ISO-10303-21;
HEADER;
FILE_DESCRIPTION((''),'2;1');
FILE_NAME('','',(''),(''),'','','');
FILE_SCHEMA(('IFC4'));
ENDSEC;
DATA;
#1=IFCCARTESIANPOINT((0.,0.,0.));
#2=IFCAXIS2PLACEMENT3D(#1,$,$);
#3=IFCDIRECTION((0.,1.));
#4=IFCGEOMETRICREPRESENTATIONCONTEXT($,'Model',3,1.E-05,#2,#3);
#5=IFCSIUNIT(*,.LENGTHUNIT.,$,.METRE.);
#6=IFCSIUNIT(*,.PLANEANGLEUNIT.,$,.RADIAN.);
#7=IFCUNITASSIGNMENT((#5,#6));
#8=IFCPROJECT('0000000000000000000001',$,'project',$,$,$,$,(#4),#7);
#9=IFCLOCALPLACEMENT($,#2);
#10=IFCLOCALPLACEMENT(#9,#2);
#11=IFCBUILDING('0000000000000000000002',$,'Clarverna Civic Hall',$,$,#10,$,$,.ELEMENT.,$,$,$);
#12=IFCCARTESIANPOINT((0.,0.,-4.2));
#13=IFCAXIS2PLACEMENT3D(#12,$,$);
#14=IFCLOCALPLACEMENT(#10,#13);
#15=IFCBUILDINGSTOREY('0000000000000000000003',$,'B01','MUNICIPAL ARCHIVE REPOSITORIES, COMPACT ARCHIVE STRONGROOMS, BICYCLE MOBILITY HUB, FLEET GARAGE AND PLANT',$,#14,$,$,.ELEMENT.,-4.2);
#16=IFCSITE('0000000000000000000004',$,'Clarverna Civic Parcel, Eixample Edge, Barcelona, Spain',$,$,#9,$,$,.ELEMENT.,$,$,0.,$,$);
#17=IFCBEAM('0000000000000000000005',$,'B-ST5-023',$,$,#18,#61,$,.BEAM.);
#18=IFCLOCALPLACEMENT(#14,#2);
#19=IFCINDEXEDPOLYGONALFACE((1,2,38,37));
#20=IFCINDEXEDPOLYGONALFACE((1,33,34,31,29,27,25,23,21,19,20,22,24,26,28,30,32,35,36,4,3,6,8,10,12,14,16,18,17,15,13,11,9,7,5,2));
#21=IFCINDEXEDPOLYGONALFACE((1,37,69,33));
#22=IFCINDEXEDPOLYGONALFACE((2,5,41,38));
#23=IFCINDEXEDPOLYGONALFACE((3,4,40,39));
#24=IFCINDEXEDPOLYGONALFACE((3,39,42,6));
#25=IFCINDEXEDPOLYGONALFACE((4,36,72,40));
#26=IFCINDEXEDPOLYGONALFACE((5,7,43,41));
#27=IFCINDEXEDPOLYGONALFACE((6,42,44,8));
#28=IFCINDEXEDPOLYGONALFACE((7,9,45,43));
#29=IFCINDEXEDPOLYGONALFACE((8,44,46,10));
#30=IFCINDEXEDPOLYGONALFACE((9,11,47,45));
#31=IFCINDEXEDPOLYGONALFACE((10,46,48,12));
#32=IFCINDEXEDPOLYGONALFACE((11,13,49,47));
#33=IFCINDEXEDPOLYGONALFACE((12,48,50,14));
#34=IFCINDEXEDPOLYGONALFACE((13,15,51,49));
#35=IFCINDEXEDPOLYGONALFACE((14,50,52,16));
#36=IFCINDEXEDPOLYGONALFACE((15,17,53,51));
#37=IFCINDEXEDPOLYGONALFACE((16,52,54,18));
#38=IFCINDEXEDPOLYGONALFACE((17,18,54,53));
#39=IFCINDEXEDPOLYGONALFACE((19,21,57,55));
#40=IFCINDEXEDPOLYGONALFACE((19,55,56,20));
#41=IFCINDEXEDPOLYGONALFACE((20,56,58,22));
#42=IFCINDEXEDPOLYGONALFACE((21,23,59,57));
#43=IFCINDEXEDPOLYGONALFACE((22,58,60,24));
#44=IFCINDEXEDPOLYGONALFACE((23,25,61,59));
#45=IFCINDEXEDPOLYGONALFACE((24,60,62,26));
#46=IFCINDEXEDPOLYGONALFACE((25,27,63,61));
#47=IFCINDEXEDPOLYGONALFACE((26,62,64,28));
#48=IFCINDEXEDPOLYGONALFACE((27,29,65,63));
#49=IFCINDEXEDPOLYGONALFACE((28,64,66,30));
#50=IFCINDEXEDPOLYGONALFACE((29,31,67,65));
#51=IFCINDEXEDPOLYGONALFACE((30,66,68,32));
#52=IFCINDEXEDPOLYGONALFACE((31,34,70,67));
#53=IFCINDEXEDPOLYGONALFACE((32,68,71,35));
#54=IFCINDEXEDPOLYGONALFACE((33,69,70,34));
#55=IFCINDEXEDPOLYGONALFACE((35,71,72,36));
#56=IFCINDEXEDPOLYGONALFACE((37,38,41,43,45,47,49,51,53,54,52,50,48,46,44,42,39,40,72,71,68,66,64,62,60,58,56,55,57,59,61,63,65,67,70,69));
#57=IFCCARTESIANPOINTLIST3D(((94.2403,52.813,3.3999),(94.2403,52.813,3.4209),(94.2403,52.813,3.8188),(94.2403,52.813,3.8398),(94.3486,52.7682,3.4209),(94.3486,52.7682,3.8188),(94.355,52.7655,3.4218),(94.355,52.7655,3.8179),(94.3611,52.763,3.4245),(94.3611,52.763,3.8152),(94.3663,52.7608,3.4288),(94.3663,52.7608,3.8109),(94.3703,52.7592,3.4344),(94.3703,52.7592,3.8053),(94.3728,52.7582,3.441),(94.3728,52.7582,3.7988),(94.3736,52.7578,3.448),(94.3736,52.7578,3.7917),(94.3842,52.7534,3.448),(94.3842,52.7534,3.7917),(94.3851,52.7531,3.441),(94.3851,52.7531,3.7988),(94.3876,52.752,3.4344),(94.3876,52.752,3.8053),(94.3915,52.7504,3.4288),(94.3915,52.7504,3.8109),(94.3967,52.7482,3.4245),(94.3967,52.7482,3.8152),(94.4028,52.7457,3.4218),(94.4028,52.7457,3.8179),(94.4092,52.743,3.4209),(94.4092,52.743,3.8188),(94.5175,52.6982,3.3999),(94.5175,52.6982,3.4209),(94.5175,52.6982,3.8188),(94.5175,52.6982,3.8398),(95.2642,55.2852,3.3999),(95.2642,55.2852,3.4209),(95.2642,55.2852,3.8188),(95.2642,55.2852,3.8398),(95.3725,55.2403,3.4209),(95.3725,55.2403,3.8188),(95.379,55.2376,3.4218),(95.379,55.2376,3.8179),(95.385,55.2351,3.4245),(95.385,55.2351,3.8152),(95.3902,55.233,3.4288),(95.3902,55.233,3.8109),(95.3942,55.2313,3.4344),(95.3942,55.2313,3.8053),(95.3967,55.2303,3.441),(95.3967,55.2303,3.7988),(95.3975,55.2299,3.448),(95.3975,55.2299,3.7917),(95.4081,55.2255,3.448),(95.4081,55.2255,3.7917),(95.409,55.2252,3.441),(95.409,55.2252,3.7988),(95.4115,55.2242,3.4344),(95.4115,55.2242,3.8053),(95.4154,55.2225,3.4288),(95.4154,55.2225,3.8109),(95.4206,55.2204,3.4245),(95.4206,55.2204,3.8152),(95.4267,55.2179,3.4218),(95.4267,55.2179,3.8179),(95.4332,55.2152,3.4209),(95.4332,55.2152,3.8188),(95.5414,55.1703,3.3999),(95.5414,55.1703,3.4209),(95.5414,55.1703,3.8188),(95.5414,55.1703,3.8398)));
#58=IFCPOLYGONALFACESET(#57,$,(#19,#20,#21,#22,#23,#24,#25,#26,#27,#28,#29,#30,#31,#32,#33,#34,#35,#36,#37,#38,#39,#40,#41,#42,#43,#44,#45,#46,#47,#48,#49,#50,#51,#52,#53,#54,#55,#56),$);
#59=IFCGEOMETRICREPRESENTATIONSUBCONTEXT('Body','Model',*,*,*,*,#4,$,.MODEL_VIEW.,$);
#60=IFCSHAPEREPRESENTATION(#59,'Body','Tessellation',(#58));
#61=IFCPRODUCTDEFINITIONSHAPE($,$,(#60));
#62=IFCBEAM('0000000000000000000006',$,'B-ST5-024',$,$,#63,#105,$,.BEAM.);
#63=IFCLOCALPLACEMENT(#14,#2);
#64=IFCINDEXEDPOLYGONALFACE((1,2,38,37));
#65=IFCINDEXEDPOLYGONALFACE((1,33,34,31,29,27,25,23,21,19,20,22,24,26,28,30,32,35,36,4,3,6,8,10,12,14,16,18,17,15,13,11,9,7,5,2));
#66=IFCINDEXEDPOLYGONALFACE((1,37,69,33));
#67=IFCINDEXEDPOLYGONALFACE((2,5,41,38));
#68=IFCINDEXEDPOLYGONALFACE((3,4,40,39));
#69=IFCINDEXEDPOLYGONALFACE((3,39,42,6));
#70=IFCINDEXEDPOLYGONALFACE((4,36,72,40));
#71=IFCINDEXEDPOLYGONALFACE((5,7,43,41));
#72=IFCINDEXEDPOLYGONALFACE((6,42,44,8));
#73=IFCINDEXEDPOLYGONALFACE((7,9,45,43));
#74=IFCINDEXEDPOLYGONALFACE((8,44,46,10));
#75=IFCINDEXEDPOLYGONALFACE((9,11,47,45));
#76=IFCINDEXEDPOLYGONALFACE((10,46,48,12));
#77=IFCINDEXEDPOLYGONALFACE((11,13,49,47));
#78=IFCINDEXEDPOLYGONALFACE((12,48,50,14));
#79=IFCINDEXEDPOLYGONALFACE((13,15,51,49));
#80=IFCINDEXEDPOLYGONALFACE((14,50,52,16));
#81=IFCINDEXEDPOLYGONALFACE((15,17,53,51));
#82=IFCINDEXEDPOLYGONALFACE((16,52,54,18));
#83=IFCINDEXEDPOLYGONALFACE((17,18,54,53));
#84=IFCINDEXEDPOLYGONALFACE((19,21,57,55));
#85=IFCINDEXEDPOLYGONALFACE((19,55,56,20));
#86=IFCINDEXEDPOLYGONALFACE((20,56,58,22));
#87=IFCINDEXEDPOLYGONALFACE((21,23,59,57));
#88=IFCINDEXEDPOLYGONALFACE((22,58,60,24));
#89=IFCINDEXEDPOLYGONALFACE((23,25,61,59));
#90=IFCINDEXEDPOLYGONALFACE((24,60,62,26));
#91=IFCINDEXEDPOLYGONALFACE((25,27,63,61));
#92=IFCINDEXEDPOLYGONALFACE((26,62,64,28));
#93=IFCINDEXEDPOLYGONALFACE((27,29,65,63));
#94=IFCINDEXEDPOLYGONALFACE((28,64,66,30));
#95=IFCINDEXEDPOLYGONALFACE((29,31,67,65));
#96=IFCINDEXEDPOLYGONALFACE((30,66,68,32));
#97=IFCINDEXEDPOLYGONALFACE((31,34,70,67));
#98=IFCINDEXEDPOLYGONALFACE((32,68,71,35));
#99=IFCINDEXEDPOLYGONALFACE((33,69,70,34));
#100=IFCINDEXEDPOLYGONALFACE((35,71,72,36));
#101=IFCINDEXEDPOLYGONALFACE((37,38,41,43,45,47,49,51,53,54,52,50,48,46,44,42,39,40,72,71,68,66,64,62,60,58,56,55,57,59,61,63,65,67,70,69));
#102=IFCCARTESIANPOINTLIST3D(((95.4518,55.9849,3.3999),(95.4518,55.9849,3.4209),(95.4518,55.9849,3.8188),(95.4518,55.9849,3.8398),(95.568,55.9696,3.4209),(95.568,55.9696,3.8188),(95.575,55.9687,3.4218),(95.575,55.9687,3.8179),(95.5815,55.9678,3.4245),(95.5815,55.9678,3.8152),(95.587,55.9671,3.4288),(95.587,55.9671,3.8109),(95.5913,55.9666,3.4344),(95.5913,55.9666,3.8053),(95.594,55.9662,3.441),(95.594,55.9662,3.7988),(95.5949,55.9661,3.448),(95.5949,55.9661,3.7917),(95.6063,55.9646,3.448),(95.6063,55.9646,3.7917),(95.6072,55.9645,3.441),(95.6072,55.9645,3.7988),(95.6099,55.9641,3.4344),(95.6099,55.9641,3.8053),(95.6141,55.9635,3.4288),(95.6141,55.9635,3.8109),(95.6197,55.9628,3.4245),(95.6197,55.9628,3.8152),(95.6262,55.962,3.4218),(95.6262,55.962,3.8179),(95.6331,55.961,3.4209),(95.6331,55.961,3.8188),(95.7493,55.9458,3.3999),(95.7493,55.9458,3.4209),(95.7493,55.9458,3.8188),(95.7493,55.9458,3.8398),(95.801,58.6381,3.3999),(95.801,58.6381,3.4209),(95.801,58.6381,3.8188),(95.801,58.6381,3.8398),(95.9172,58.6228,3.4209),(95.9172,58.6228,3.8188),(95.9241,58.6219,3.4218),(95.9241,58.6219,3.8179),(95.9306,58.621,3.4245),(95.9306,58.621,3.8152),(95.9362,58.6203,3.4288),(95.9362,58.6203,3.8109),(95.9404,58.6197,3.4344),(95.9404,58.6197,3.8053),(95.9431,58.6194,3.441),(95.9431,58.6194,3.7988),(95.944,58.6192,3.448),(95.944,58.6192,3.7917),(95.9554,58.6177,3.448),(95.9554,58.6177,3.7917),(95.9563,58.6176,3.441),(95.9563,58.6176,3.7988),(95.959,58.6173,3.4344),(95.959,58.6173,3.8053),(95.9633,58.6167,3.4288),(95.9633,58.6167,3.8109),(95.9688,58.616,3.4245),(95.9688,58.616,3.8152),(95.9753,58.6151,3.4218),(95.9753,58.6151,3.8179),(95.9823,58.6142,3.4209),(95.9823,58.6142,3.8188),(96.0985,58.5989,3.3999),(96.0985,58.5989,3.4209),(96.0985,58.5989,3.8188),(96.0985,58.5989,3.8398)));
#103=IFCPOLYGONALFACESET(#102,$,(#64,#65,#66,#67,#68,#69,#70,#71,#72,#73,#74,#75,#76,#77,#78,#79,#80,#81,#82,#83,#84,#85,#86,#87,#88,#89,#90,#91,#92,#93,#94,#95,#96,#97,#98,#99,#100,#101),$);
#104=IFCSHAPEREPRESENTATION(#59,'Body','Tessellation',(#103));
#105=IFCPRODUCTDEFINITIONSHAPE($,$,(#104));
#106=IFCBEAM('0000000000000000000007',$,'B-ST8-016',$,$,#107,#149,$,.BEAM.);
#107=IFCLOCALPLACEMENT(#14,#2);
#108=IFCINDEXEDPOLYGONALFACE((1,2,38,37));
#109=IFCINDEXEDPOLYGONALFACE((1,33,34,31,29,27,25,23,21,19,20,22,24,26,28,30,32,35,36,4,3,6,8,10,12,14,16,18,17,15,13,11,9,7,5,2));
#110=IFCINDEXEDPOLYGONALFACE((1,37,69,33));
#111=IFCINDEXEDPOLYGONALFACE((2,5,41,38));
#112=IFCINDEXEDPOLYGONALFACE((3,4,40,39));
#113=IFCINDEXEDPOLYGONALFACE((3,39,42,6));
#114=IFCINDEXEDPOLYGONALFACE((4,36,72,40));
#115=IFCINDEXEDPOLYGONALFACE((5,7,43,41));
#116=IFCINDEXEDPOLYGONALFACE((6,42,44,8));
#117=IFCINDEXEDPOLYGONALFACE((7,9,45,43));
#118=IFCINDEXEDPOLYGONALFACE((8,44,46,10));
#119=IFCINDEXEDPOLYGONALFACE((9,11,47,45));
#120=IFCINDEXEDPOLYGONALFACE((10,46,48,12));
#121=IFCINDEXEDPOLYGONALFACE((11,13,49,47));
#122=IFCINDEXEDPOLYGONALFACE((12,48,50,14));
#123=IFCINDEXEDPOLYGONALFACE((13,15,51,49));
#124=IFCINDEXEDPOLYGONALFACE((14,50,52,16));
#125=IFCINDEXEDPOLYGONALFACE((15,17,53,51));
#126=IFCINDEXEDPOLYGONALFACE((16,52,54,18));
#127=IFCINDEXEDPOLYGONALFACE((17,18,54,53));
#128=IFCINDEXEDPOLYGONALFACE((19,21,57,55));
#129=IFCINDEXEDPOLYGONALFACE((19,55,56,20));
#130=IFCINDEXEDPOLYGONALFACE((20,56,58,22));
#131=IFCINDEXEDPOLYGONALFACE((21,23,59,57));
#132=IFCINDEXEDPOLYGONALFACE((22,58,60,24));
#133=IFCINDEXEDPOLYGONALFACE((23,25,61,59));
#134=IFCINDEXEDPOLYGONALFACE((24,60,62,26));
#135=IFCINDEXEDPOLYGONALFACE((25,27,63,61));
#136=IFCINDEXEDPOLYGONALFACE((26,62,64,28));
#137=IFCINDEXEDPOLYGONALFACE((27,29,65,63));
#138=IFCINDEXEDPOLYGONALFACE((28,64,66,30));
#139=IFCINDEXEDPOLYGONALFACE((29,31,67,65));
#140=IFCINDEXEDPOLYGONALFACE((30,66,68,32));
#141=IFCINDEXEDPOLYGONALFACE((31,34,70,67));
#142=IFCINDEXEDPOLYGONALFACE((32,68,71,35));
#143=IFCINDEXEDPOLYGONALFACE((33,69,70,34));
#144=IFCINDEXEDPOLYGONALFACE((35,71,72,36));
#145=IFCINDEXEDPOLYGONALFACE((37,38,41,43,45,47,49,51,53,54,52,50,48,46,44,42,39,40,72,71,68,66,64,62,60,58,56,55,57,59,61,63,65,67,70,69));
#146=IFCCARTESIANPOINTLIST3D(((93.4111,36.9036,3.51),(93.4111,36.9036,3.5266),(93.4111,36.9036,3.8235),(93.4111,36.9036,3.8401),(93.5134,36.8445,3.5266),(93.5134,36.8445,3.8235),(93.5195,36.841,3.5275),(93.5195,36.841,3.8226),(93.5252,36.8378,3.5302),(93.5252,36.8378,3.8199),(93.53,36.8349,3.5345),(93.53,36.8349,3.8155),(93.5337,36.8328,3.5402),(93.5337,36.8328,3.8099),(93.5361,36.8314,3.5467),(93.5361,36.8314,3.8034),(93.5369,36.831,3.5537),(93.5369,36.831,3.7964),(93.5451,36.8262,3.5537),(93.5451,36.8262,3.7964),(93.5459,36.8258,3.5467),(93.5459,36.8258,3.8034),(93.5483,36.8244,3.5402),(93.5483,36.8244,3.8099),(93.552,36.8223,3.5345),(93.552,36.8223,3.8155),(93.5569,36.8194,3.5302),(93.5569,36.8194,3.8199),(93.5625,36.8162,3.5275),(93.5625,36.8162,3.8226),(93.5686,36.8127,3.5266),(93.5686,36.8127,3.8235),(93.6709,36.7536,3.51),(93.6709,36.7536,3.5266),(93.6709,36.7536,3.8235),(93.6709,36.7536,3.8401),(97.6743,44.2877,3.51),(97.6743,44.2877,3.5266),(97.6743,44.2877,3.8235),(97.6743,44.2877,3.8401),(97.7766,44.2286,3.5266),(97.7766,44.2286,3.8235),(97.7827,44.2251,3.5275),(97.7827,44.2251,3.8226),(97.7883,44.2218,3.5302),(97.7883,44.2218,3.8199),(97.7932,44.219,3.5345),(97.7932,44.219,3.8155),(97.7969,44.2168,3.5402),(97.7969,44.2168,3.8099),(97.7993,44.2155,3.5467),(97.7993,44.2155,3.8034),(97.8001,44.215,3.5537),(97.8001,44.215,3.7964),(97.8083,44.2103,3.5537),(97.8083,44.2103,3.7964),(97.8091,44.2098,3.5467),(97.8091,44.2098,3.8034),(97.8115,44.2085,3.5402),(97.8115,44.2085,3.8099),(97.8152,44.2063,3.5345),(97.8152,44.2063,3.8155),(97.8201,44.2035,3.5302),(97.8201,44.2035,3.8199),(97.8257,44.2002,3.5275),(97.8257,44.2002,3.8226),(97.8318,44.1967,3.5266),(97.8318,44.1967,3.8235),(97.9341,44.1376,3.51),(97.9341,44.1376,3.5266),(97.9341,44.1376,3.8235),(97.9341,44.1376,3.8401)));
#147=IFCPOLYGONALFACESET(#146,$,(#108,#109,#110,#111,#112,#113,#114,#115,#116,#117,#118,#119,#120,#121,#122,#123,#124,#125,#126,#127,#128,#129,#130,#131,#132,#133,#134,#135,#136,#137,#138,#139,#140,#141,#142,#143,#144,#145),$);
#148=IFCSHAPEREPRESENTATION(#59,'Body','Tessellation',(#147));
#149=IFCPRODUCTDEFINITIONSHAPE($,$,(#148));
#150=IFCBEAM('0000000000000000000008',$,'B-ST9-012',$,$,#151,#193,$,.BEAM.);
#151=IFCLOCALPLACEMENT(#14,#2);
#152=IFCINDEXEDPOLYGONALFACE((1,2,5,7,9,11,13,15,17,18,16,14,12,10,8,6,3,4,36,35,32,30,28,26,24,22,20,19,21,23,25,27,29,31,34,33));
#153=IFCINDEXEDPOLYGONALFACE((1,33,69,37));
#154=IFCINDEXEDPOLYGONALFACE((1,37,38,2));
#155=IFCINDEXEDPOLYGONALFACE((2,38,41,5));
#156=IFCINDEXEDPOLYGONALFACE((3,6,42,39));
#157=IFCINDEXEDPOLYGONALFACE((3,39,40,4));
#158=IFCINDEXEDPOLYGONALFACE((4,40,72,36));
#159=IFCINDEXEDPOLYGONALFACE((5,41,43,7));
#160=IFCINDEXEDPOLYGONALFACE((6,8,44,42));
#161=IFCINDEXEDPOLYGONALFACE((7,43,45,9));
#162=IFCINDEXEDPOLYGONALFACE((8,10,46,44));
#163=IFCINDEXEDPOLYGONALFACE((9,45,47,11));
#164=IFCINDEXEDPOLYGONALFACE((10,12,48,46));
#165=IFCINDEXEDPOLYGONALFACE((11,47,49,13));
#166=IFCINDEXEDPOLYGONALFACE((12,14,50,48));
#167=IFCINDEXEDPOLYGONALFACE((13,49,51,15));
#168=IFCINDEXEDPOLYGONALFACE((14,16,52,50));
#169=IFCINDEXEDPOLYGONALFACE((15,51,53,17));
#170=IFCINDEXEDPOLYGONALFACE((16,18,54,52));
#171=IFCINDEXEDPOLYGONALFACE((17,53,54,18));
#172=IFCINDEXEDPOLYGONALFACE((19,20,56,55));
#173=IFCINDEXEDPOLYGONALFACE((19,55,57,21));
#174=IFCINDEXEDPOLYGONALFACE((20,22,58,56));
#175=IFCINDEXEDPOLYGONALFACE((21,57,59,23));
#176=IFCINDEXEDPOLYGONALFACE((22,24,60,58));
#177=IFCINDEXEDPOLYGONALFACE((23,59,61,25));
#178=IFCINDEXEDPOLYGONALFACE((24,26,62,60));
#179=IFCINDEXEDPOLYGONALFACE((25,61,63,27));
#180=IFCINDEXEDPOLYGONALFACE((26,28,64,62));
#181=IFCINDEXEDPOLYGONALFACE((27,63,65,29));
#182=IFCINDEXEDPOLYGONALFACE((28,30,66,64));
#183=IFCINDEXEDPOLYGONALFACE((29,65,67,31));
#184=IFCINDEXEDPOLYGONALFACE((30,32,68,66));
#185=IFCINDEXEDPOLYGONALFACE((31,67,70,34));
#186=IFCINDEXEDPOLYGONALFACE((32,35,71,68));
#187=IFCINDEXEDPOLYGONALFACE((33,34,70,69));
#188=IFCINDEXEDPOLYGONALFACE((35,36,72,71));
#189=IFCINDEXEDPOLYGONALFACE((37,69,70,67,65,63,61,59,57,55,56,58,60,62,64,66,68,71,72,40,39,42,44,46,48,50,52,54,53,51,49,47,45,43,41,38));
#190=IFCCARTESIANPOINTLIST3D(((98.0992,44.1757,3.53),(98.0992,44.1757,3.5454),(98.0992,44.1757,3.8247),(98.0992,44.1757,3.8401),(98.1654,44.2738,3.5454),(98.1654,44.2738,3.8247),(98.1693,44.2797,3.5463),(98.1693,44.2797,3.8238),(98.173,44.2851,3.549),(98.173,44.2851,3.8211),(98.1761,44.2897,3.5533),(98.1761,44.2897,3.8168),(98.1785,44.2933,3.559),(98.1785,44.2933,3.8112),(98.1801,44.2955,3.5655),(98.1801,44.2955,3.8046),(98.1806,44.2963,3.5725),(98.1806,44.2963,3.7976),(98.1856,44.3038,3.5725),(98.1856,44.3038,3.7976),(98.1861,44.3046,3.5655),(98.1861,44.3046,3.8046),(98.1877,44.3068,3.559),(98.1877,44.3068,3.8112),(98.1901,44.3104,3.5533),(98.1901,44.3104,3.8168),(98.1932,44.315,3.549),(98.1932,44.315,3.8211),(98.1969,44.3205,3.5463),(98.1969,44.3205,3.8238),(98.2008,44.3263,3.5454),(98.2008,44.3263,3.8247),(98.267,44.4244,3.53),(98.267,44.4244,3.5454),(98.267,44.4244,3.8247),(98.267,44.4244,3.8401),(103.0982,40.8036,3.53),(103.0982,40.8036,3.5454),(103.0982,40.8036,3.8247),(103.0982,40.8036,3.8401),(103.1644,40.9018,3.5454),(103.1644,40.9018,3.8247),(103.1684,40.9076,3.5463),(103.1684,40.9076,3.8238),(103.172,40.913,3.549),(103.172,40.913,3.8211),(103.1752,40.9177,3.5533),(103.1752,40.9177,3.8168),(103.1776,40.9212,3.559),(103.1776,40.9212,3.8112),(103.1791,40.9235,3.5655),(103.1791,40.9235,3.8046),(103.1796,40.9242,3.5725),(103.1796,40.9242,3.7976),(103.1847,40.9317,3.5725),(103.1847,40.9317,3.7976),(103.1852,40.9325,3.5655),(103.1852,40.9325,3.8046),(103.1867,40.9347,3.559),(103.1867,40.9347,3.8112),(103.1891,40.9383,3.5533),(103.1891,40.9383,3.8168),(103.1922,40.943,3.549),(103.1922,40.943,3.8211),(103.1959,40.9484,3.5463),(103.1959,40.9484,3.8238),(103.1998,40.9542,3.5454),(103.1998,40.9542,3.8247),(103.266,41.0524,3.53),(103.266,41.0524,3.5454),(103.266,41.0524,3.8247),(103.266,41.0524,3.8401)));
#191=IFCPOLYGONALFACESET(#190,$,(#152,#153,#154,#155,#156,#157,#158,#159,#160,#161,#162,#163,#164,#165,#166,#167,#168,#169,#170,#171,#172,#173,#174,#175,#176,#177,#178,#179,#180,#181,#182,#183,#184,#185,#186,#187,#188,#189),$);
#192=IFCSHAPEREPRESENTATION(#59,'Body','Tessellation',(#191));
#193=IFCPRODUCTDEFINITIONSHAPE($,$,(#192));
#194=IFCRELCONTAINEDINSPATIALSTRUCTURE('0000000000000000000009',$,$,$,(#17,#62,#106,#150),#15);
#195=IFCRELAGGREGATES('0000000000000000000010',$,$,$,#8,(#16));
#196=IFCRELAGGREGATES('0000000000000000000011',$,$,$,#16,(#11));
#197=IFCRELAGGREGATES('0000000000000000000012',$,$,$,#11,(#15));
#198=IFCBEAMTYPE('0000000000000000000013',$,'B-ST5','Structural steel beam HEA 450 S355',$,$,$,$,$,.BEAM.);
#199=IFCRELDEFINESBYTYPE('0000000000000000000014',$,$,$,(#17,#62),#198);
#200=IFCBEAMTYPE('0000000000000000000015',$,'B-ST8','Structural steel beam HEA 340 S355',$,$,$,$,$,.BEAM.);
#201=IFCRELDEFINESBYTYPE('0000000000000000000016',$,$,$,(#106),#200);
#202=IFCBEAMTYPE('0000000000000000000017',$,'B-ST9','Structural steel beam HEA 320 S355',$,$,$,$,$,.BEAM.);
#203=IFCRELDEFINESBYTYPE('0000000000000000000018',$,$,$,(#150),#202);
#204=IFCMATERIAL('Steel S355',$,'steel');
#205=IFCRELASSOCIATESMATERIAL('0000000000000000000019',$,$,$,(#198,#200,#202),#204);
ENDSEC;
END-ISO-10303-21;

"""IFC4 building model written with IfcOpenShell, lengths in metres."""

from ifc_helpers import new_model, si_unit, direction, frame, origin, origin_2d, place, context, subcontext, project, spatial, i_section, extrude, material, material_profile, profile_set, type_object, element, save


model = new_model("IFC4")

# Units and contexts
model_context = context("Model", 3, precision=1e-05, world=origin(), true_north=direction((0.0, 1.0)))
body_context = subcontext(model_context, "Body", "Model", "MODEL_VIEW")
ifc_project = project(units=[si_unit("LENGTHUNIT", "METRE"), si_unit("PLANEANGLEUNIT", "RADIAN")], contexts=[model_context])

# Site, building, storey
site_placement = place(None, origin())
site = spatial("IfcSite", under=ifc_project, at=site_placement, Name="Clarverna Civic Parcel, Eixample Edge, Barcelona, Spain", CompositionType="ELEMENT", RefElevation=0.0)
building_placement = place(site_placement, origin())
building = spatial("IfcBuilding", under=site, at=building_placement, Name="Clarverna Civic Hall", CompositionType="ELEMENT")
storey_placement = place(building_placement, frame((0.0, 0.0, -4.2)))
storey = spatial("IfcBuildingStorey", under=building, at=storey_placement, Name="B01", Description="MUNICIPAL ARCHIVE REPOSITORIES, COMPACT ARCHIVE STRONGROOMS, BICYCLE MOBILITY HUB, FLEET GARAGE AND PLANT", CompositionType="ELEMENT", Elevation=-4.2)

# Beams
ifc_material_1 = material(Name="Steel S355", Category="steel")
ifc_material_profile_1 = material_profile(ifc_material_1, i_section(OverallWidth=0.3, OverallDepth=0.4399, WebThickness=0.0115, FlangeThickness=0.021, FilletRadius=0.0271, at=origin_2d()), Name="HEA 450")
ifc_profile_set_1 = profile_set([ifc_material_profile_1], Name="Steel S355")
beam_type_1 = type_object("IfcBeamType", Name="B-ST5", Description="Structural steel beam HEA 450 S355", PredefinedType="BEAM", material=ifc_profile_set_1)
for number, where, z_axis, x_axis, name in (
    (1, (94.3789, 52.7556, 3.6199), (0.382658, 0.92389, 0.0), (-0.92389, 0.382658, 0.0), "B-ST5-023"),
):
    element("IfcBeam", number, at=place(storey_placement, frame(where, z_axis=z_axis, x_axis=x_axis)), inside=storey, type_object=beam_type_1, Name=name, PredefinedType="BEAM", context=body_context, shape_type="SweptSolid", body=[
        extrude(i_section(OverallWidth=0.3, OverallDepth=0.4399, WebThickness=0.0115, FlangeThickness=0.021, FilletRadius=0.0271, at=origin_2d()), origin(), (0.0, 0.0, 1.0), 2.6758),
    ])
beam_1_placement = place(storey_placement, frame((95.6006, 55.9653, 3.6199), z_axis=(0.130466, 0.991453, 0.0), x_axis=(-0.991453, 0.130466, 0.0)))
element("IfcBeam", 2, at=beam_1_placement, inside=storey, type_object=beam_type_1, Name="B-ST5-024", PredefinedType="BEAM", context=body_context, shape_type="SweptSolid", body=[
    extrude(i_section(OverallWidth=0.3, OverallDepth=0.4399, WebThickness=0.0115, FlangeThickness=0.021, FilletRadius=0.0271, at=origin_2d()), origin(), (0.0, 0.0, 1.0), 2.676),
])
ifc_material_profile_2 = material_profile(ifc_material_1, i_section(OverallWidth=0.3, OverallDepth=0.3301, WebThickness=0.0095, FlangeThickness=0.0166, FilletRadius=0.0271, at=origin_2d()), Name="HEA 340")
ifc_profile_set_2 = profile_set([ifc_material_profile_2], Name="Steel S355")
beam_type_2 = type_object("IfcBeamType", Name="B-ST8", Description="Structural steel beam HEA 340 S355", PredefinedType="BEAM", material=ifc_profile_set_2)
beam_2_placement = place(storey_placement, frame((97.8042, 44.2126, 3.675), z_axis=(-0.500001, -0.866025, 0.0), x_axis=(0.866025, -0.500001, 0.0)))
element("IfcBeam", 3, at=beam_2_placement, inside=storey, type_object=beam_type_2, Name="B-ST8-016", PredefinedType="BEAM", context=body_context, shape_type="SweptSolid", body=[
    extrude(i_section(OverallWidth=0.3, OverallDepth=0.3301, WebThickness=0.0095, FlangeThickness=0.0166, FilletRadius=0.0271, at=origin_2d()), origin(), (0.0, 0.0, 1.0), 8.5264),
])
ifc_material_profile_3 = material_profile(ifc_material_1, i_section(OverallWidth=0.3, OverallDepth=0.3101, WebThickness=0.009, FlangeThickness=0.0154, FilletRadius=0.0271, at=origin_2d()), Name="HEA 320")
ifc_profile_set_3 = profile_set([ifc_material_profile_3], Name="Steel S355")
beam_type_3 = type_object("IfcBeamType", Name="B-ST9", Description="Structural steel beam HEA 320 S355", PredefinedType="BEAM", material=ifc_profile_set_3)
beam_3_placement = place(storey_placement, frame((103.1821, 40.928, 3.6851), z_axis=(-0.829023, 0.559214, 0.0), x_axis=(-0.559214, -0.829023, 0.0)))
element("IfcBeam", 4, at=beam_3_placement, inside=storey, type_object=beam_type_3, Name="B-ST9-012", PredefinedType="BEAM", context=body_context, shape_type="SweptSolid", body=[
    extrude(i_section(OverallWidth=0.3, OverallDepth=0.3101, WebThickness=0.009, FlangeThickness=0.0154, FilletRadius=0.0271, at=origin_2d()), origin(), (0.0, 0.0, 1.0), 6.03),
])

save(model, "model.ifc")
